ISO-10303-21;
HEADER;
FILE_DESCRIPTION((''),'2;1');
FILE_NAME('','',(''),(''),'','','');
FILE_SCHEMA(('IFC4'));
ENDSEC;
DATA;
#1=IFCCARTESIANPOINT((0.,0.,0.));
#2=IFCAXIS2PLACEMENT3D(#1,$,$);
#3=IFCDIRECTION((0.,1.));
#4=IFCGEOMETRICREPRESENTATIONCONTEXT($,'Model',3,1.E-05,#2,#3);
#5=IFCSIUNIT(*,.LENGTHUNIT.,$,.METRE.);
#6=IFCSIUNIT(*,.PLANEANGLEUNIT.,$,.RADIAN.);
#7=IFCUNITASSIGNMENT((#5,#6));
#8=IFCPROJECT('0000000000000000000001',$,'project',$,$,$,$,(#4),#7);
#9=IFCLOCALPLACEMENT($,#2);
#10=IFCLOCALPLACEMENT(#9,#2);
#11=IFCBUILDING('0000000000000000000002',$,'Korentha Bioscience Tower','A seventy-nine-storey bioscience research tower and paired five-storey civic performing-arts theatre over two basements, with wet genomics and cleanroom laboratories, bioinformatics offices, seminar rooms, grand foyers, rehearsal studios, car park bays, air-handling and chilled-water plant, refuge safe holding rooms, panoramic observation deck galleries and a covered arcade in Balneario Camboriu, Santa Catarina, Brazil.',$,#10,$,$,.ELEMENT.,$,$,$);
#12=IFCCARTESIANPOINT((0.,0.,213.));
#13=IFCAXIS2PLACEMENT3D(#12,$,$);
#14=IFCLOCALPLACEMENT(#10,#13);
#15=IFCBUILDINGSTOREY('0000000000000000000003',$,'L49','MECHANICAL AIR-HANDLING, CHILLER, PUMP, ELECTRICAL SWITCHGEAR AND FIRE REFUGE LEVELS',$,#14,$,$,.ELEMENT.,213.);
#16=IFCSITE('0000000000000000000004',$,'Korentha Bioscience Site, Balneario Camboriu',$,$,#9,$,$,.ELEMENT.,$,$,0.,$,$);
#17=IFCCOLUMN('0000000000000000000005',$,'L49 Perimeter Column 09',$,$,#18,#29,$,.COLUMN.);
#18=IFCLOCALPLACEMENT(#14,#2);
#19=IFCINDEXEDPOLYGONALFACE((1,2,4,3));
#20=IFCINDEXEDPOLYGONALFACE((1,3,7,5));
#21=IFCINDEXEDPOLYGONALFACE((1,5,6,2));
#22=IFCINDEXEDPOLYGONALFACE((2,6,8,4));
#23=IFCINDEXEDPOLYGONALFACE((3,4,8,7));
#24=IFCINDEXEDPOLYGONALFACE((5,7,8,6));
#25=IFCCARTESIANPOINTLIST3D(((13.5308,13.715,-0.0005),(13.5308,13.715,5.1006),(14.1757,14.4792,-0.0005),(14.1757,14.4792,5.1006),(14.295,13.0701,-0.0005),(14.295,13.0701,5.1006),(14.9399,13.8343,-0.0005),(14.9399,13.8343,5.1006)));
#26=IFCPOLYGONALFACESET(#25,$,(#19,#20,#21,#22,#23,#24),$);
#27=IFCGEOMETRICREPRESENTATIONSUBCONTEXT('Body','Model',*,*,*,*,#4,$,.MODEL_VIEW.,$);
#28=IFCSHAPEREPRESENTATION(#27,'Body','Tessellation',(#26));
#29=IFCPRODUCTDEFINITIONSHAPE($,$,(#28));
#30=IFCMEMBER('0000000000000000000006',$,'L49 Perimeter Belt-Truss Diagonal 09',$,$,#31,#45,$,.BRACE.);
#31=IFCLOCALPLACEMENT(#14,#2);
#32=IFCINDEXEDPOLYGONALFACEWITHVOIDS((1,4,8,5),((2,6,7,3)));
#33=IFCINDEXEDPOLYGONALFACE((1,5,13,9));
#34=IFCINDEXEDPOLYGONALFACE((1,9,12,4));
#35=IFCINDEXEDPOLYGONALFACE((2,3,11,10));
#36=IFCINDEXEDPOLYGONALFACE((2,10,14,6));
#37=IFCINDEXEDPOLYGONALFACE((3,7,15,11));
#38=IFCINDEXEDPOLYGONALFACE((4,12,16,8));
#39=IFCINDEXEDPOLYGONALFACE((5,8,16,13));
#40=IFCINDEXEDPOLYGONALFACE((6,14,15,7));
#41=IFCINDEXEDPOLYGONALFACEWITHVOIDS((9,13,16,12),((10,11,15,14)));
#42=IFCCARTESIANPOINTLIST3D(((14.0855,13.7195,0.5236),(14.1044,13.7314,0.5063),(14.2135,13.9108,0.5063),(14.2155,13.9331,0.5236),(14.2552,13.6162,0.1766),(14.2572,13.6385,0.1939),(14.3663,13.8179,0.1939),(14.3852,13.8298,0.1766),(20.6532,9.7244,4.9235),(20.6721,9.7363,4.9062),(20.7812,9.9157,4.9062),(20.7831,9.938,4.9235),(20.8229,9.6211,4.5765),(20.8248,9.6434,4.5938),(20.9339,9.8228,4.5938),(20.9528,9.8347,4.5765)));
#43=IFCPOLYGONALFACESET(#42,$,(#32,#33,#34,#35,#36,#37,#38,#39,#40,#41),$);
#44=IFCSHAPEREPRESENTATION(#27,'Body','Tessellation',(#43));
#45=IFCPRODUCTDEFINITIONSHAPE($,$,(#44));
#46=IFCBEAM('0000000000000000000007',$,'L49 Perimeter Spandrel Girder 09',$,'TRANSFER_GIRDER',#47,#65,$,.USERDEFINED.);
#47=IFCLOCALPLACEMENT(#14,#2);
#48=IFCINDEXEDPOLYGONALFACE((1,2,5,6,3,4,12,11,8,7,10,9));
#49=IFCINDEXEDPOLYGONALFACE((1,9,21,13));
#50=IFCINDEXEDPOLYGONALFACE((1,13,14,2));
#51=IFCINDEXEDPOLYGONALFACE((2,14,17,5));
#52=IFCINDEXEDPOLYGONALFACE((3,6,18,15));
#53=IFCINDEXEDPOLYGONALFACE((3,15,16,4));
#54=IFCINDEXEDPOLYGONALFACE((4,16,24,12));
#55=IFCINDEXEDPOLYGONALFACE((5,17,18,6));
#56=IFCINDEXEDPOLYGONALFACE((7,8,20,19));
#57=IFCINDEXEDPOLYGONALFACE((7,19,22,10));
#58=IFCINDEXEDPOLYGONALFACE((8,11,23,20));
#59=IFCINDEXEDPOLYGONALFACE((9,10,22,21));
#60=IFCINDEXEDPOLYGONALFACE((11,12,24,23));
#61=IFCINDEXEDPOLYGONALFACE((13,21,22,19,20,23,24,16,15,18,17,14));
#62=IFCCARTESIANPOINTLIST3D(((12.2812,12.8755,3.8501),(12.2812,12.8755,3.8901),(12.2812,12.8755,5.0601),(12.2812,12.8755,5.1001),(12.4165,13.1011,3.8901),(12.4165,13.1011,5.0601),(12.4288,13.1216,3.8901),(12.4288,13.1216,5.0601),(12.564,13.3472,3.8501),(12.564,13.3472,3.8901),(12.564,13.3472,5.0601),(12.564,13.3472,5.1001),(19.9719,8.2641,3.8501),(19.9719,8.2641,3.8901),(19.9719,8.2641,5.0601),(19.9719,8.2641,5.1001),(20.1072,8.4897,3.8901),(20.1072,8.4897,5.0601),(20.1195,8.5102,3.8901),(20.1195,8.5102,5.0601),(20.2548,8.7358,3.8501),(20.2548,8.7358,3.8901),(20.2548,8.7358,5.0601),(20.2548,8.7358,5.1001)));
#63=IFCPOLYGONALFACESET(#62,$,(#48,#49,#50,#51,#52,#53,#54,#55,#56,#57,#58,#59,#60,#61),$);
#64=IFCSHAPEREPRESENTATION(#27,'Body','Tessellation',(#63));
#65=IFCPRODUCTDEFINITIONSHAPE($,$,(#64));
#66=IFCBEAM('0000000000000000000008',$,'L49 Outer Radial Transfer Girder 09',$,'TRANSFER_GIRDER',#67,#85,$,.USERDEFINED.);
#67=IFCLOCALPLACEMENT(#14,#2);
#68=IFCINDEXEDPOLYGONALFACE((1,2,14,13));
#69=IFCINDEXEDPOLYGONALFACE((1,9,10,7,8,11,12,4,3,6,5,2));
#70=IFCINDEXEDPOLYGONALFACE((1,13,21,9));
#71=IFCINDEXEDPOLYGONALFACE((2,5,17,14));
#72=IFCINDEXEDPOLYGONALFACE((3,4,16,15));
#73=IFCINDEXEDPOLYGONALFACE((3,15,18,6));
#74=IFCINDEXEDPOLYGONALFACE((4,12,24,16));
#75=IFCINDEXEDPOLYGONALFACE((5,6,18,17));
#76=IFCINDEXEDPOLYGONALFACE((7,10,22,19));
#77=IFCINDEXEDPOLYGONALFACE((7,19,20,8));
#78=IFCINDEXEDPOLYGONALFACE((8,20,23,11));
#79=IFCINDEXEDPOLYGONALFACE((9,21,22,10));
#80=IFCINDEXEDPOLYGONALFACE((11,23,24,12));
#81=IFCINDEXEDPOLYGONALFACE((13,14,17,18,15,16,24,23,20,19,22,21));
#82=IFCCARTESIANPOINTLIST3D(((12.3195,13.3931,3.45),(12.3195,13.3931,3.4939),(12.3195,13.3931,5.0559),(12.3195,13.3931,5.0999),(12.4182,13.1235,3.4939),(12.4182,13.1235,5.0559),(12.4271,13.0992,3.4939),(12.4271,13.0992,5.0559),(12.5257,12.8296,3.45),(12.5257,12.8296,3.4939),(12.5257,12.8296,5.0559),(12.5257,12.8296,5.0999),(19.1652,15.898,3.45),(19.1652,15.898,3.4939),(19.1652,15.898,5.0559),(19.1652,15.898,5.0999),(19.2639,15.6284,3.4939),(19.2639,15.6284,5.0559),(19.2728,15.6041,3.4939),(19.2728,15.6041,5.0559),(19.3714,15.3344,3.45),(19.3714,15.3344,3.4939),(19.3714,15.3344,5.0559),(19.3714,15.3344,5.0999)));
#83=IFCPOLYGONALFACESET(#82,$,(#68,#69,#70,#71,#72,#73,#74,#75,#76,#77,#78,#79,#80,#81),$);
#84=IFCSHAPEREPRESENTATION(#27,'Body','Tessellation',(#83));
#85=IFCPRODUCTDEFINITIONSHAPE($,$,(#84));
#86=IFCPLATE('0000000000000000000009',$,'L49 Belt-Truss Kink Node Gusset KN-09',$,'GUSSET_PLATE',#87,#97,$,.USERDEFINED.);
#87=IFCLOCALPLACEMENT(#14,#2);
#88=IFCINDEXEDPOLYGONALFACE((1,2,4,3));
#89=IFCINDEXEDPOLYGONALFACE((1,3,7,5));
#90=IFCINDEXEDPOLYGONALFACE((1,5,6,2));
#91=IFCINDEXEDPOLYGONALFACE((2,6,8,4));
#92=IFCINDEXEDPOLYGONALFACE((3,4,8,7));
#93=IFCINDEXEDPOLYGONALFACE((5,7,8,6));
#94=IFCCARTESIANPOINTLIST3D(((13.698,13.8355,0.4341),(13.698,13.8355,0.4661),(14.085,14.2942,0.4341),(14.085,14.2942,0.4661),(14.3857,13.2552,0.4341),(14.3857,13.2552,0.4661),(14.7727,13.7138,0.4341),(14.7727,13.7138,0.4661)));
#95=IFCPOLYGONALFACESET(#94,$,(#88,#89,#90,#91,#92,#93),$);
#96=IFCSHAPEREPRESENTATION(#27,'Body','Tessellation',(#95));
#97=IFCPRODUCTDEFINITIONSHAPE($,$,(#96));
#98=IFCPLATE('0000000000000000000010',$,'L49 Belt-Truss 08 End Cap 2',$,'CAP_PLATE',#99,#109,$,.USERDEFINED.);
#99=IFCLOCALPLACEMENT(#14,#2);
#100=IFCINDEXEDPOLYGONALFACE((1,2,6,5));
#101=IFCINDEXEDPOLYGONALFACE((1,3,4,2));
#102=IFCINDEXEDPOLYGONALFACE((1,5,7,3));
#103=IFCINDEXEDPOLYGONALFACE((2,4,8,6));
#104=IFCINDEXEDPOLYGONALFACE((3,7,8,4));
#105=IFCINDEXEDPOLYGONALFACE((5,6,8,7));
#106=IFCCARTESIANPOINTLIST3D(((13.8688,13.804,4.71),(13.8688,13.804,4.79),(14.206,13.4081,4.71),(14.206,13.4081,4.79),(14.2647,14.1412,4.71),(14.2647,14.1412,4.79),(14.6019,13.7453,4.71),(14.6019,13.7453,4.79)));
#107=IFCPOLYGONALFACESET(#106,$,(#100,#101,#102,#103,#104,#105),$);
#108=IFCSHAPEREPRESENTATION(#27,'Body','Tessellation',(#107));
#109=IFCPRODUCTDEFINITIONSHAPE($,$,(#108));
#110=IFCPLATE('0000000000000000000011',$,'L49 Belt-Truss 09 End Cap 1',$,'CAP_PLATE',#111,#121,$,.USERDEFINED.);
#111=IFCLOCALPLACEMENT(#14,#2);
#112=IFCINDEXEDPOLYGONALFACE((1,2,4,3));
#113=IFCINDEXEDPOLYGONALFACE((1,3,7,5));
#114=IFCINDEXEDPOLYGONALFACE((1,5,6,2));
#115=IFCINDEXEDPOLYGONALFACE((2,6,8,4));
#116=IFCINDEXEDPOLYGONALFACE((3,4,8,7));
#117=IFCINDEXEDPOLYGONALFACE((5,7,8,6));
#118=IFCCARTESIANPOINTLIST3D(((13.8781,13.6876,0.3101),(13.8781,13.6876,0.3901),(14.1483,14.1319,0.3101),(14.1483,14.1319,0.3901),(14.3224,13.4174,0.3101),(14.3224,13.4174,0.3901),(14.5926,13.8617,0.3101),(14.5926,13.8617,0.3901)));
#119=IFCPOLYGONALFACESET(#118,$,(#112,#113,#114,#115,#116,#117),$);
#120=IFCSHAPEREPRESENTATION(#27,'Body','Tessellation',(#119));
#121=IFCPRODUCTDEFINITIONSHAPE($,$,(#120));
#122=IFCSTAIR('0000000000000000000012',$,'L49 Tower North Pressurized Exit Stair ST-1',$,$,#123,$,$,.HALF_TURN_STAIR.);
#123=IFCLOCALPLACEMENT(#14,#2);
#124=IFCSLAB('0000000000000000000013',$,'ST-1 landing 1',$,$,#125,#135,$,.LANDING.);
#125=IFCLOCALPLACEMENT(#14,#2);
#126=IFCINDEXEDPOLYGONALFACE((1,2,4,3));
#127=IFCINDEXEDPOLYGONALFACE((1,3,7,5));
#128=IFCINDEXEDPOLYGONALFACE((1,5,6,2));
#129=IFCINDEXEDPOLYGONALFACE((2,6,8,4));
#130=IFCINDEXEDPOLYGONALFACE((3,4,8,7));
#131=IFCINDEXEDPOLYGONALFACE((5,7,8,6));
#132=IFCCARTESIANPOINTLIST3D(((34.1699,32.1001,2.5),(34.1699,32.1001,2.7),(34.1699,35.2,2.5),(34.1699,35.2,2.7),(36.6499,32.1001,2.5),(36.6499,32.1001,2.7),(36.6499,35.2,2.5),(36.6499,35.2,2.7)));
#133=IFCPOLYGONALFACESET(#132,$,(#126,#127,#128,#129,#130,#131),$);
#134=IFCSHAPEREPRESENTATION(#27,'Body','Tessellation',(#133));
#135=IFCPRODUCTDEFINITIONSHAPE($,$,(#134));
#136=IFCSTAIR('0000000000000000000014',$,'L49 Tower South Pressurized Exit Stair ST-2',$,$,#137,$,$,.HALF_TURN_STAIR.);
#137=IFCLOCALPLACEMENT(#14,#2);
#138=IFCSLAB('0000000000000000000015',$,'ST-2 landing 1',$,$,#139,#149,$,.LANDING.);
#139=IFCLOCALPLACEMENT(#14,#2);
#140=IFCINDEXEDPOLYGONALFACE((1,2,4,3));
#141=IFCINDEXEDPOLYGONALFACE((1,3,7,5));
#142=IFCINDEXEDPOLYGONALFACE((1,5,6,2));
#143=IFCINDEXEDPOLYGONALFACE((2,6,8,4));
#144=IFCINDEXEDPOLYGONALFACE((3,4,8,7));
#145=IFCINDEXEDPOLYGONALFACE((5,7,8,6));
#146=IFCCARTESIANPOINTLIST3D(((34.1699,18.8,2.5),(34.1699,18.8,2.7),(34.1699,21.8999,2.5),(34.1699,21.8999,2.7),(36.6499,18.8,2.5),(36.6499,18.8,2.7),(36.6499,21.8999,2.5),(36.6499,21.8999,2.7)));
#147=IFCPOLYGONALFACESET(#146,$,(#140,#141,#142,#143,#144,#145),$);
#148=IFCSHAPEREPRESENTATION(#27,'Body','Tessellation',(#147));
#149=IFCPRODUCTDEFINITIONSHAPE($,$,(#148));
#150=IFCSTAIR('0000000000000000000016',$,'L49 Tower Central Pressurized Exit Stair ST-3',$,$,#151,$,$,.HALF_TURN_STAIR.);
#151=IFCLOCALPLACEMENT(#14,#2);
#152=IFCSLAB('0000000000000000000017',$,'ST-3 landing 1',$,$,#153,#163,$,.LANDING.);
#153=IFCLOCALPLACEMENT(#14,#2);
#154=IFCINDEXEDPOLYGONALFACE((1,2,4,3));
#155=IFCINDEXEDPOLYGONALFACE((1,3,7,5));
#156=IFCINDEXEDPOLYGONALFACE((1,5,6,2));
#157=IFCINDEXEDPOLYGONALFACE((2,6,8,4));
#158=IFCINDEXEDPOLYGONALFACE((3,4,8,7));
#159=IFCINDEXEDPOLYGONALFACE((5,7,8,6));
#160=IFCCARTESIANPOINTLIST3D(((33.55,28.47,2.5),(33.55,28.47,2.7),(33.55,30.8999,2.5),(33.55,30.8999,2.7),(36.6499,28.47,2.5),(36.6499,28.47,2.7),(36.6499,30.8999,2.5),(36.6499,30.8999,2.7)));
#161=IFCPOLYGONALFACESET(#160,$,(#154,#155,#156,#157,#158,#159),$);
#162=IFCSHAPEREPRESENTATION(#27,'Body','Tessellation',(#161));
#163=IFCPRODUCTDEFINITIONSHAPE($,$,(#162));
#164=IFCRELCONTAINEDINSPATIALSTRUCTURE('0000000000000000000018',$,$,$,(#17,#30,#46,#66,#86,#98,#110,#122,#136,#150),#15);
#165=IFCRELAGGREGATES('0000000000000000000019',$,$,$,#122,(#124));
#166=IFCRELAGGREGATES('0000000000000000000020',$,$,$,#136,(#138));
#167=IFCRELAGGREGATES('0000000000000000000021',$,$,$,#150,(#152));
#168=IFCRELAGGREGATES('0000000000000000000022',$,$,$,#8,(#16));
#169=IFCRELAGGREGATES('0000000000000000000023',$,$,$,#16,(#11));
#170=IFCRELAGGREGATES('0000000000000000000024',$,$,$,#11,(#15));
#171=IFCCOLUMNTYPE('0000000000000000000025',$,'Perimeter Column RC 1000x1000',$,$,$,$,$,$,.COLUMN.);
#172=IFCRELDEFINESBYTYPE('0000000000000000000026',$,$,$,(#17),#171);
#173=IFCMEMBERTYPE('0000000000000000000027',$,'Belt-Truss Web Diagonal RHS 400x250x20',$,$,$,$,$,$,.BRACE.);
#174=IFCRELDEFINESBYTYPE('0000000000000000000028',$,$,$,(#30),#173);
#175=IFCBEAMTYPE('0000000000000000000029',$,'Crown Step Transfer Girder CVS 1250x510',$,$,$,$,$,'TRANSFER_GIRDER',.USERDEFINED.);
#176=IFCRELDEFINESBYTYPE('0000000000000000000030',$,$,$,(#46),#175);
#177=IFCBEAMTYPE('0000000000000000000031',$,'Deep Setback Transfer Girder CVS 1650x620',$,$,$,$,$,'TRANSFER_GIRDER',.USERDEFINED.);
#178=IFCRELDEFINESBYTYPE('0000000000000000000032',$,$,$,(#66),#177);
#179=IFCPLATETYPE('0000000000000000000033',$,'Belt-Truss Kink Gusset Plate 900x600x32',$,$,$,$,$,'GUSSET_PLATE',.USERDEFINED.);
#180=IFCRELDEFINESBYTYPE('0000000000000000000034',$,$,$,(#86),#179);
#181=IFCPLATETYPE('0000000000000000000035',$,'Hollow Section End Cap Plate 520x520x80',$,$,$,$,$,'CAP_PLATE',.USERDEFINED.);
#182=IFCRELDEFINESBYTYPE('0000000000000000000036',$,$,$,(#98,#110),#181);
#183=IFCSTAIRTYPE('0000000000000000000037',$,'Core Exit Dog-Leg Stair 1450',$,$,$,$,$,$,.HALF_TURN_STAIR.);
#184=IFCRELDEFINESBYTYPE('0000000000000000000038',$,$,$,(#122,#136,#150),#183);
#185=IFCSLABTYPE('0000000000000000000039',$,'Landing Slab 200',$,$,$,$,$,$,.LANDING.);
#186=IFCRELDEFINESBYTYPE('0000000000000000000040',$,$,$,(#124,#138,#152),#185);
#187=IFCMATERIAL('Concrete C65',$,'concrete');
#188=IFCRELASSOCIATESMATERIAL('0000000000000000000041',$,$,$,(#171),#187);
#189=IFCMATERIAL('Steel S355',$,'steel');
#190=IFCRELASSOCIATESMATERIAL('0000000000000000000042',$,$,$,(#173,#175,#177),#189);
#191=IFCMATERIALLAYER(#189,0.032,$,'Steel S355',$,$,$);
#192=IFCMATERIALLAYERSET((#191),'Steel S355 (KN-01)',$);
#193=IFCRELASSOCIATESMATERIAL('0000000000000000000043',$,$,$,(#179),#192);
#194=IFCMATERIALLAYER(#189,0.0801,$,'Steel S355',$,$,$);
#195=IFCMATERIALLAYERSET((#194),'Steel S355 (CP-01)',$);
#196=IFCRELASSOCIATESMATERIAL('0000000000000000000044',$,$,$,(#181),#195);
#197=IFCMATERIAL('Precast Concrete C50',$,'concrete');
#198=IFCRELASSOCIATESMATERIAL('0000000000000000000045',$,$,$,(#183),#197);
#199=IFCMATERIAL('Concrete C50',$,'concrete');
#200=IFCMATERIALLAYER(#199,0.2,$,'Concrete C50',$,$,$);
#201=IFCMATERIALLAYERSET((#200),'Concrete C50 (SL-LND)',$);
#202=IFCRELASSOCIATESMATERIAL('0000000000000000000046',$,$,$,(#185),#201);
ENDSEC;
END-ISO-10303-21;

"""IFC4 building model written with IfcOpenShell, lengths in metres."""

from ifc_helpers import new_model, si_unit, direction, frame, origin, origin_2d, place, context, subcontext, project, spatial, polyline, rectangle, hollow_rectangle, i_section, outline, extrude, material, layer, layer_set, material_profile, profile_set, type_object, element, aggregate, save


model = new_model("IFC4")

# Units and contexts
model_context = context("Model", 3, precision=1e-05, world=origin(), true_north=direction((0.0, 1.0)))
body_context = subcontext(model_context, "Body", "Model", "MODEL_VIEW")
ifc_project = project(units=[si_unit("LENGTHUNIT", "METRE"), si_unit("PLANEANGLEUNIT", "RADIAN")], contexts=[model_context])

# Site, building, storey
site_placement = place(None, origin())
site = spatial("IfcSite", under=ifc_project, at=site_placement, Name="Korentha Bioscience Site, Balneario Camboriu", CompositionType="ELEMENT", RefElevation=0.0)
building_placement = place(site_placement, origin())
building = spatial("IfcBuilding", under=site, at=building_placement, Name="Korentha Bioscience Tower", Description="A seventy-nine-storey bioscience research tower and paired five-storey civic performing-arts theatre over two basements, with wet genomics and cleanroom laboratories, bioinformatics offices, seminar rooms, grand foyers, rehearsal studios, car park bays, air-handling and chilled-water plant, refuge safe holding rooms, panoramic observation deck galleries and a covered arcade in Balneario Camboriu, Santa Catarina, Brazil.", CompositionType="ELEMENT")
storey_placement = place(building_placement, frame((0.0, 0.0, 213.0)))
storey = spatial("IfcBuildingStorey", under=building, at=storey_placement, Name="L49", Description="MECHANICAL AIR-HANDLING, CHILLER, PUMP, ELECTRICAL SWITCHGEAR AND FIRE REFUGE LEVELS", CompositionType="ELEMENT", Elevation=213.0)

# Column
ifc_material_1 = material(Name="Concrete C65", Category="concrete")
ifc_material_profile_1 = material_profile(ifc_material_1, rectangle(XDim=1.0, YDim=1.0, at=origin_2d()), Name="Concrete C65")
ifc_profile_set_1 = profile_set([ifc_material_profile_1], Name="Concrete C65 (COL-P10)")
column_type = type_object("IfcColumnType", Name="Perimeter Column RC 1000x1000", PredefinedType="COLUMN", material=ifc_profile_set_1)
column_placement = place(storey_placement, frame((14.2354, 13.7747, -0.0005), z_axis=(0.0, 0.0, 1.0), x_axis=(-0.764246, 0.644924, 0.0)))
element("IfcColumn", 1, at=column_placement, inside=storey, type_object=column_type, Name="L49 Perimeter Column 09", PredefinedType="COLUMN", context=body_context, shape_type="SweptSolid", body=[
    extrude(rectangle(XDim=1.0, YDim=1.0, at=origin_2d()), origin(), (0.0, 0.0, 1.0), 5.1011),
])

# Member
ifc_material_2 = material(Name="Steel S355", Category="steel")
ifc_material_profile_2 = material_profile(ifc_material_2, hollow_rectangle(XDim=0.25, YDim=0.3999, WallThickness=0.02, at=origin_2d()), Name="Steel S355")
ifc_profile_set_2 = profile_set([ifc_material_profile_2], Name="Steel S355 (BT-D400)")
member_type = type_object("IfcMemberType", Name="Belt-Truss Web Diagonal RHS 400x250x20", PredefinedType="BRACE", material=ifc_profile_set_2)
member_placement = place(storey_placement, frame((14.2354, 13.7747, 0.3501), z_axis=(0.741483, -0.451048, 0.496748), x_axis=(0.519703, 0.854347, 0.0)))
element("IfcMember", 2, at=member_placement, inside=storey, type_object=member_type, Name="L49 Perimeter Belt-Truss Diagonal 09", PredefinedType="BRACE", context=body_context, shape_type="SweptSolid", body=[
    extrude(hollow_rectangle(XDim=0.25, YDim=0.3999, WallThickness=0.02, at=origin_2d()), origin(), (0.0, 0.0, 1.0), 8.8574),
])

# Beams
ifc_material_profile_3 = material_profile(ifc_material_2, i_section(OverallWidth=0.55, OverallDepth=1.25, WebThickness=0.0239, FlangeThickness=0.04, at=origin_2d()), Name="Steel S355")
ifc_profile_set_3 = profile_set([ifc_material_profile_3], Name="Steel S355 (TG-03)")
beam_type_1 = type_object("IfcBeamType", Name="Crown Step Transfer Girder CVS 1250x510", ElementType="TRANSFER_GIRDER", PredefinedType="USERDEFINED", material=ifc_profile_set_3)
beam_1_placement = place(storey_placement, frame((12.4226, 13.1113, 4.4751), z_axis=(0.857644, -0.514243, 0.0), x_axis=(0.514243, 0.857644, 0.0)))
element("IfcBeam", 3, at=beam_1_placement, inside=storey, type_object=beam_type_1, Name="L49 Perimeter Spandrel Girder 09", ObjectType="TRANSFER_GIRDER", PredefinedType="USERDEFINED", context=body_context, shape_type="SweptSolid", body=[
    extrude(i_section(OverallWidth=0.55, OverallDepth=1.25, WebThickness=0.0239, FlangeThickness=0.04, at=origin_2d()), origin(), (0.0, 0.0, 1.0), 8.9673),
])
ifc_material_profile_4 = material_profile(ifc_material_2, i_section(OverallWidth=0.6001, OverallDepth=1.6499, WebThickness=0.0259, FlangeThickness=0.0439, at=origin_2d()), Name="Steel S355")
ifc_profile_set_4 = profile_set([ifc_material_profile_4], Name="Steel S355 (TG-04)")
beam_type_2 = type_object("IfcBeamType", Name="Deep Setback Transfer Girder CVS 1650x620", ElementType="TRANSFER_GIRDER", PredefinedType="USERDEFINED", material=ifc_profile_set_4)
beam_2_placement = place(storey_placement, frame((19.2683, 15.6162, 4.2749), z_axis=(-0.939107, -0.343625, 0.0), x_axis=(0.343625, -0.939107, 0.0)))
element("IfcBeam", 4, at=beam_2_placement, inside=storey, type_object=beam_type_2, Name="L49 Outer Radial Transfer Girder 09", ObjectType="TRANSFER_GIRDER", PredefinedType="USERDEFINED", context=body_context, shape_type="SweptSolid", body=[
    extrude(i_section(OverallWidth=0.6001, OverallDepth=1.6499, WebThickness=0.0259, FlangeThickness=0.0439, at=origin_2d()), origin(), (0.0, 0.0, 1.0), 7.2896),
])

# Plates
ifc_layer_1 = layer(ifc_material_2, 0.032, Name="Steel S355")
ifc_layer_set_1 = layer_set([ifc_layer_1], Name="Steel S355 (KN-01)")
plate_type_1 = type_object("IfcPlateType", Name="Belt-Truss Kink Gusset Plate 900x600x32", ElementType="GUSSET_PLATE", PredefinedType="USERDEFINED", material=ifc_layer_set_1)
plate_placement = place(storey_placement, frame((14.2354, 13.7747, 0.4341), z_axis=(0.0, 0.0, 1.0), x_axis=(-0.764246, 0.644924, 0.0)))
element("IfcPlate", 5, at=plate_placement, inside=storey, type_object=plate_type_1, Name="L49 Belt-Truss Kink Node Gusset KN-09", ObjectType="GUSSET_PLATE", PredefinedType="USERDEFINED", context=body_context, shape_type="SweptSolid", body=[
    extrude(rectangle(XDim=0.8999, YDim=0.6001, at=origin_2d()), origin(), (0.0, 0.0, 1.0), 0.032),
])
ifc_layer_2 = layer(ifc_material_2, 0.0801, Name="Steel S355")
ifc_layer_set_2 = layer_set([ifc_layer_2], Name="Steel S355 (CP-01)")
plate_type_2 = type_object("IfcPlateType", Name="Hollow Section End Cap Plate 520x520x80", ElementType="CAP_PLATE", PredefinedType="USERDEFINED", material=ifc_layer_set_2)
for number, where, z_axis, x_axis, name in (
    (6, (14.2354, 13.7747, 4.71), (0.0, 0.0, 1.0), (-0.648386, 0.761312, 0.0), "L49 Belt-Truss 08 End Cap 2"),
    (7, (14.2354, 13.7747, 0.3101), (0.0, 0.0, 1.0), (-0.854368, 0.519668, 0.0), "L49 Belt-Truss 09 End Cap 1"),
):
    element("IfcPlate", number, at=place(storey_placement, frame(where, z_axis=z_axis, x_axis=x_axis)), inside=storey, type_object=plate_type_2, Name=name, ObjectType="CAP_PLATE", PredefinedType="USERDEFINED", context=body_context, shape_type="SweptSolid", body=[
        extrude(rectangle(XDim=0.52, YDim=0.52, at=origin_2d()), origin(), (0.0, 0.0, 1.0), 0.0801),
    ])

# Stairs, slabs
ifc_material_3 = material(Name="Precast Concrete C50", Category="concrete")
stair_type = type_object("IfcStairType", Name="Core Exit Dog-Leg Stair 1450", PredefinedType="HALF_TURN_STAIR", material=ifc_material_3)
stair_1_placement = place(storey_placement, origin())
stair_1 = element("IfcStair", 8, at=stair_1_placement, inside=storey, type_object=stair_type, Name="L49 Tower North Pressurized Exit Stair ST-1", PredefinedType="HALF_TURN_STAIR")
ifc_material_4 = material(Name="Concrete C50", Category="concrete")
ifc_layer_3 = layer(ifc_material_4, 0.2, Name="Concrete C50")
ifc_layer_set_3 = layer_set([ifc_layer_3], Name="Concrete C50 (SL-LND)")
slab_type_1 = type_object("IfcSlabType", Name="Landing Slab 200", PredefinedType="LANDING", material=ifc_layer_set_3)
slab_1_placement = place(storey_placement, frame((0.0, 0.0, 2.5)))
slab_1 = element("IfcSlab", 9, at=slab_1_placement, type_object=slab_type_1, Name="ST-1 landing 1", PredefinedType="LANDING", context=body_context, shape_type="SweptSolid", body=[
    extrude(outline(polyline([(34.1699, 32.1001), (36.6499, 32.1001), (36.6499, 35.2), (34.1699, 35.2), (34.1699, 32.1001)])), origin(), (0.0, 0.0, 1.0), 0.2),
])
aggregate(stair_1, [slab_1])
stair_2_placement = place(storey_placement, origin())
stair_2 = element("IfcStair", 10, at=stair_2_placement, inside=storey, type_object=stair_type, Name="L49 Tower South Pressurized Exit Stair ST-2", PredefinedType="HALF_TURN_STAIR")
slab_2_placement = place(storey_placement, frame((0.0, 0.0, 2.5)))
slab_2 = element("IfcSlab", 11, at=slab_2_placement, type_object=slab_type_1, Name="ST-2 landing 1", PredefinedType="LANDING", context=body_context, shape_type="SweptSolid", body=[
    extrude(outline(polyline([(34.1699, 18.8), (36.6499, 18.8), (36.6499, 21.8999), (34.1699, 21.8999), (34.1699, 18.8)])), origin(), (0.0, 0.0, 1.0), 0.2),
])
aggregate(stair_2, [slab_2])
stair_3_placement = place(storey_placement, origin())
stair_3 = element("IfcStair", 12, at=stair_3_placement, inside=storey, type_object=stair_type, Name="L49 Tower Central Pressurized Exit Stair ST-3", PredefinedType="HALF_TURN_STAIR")
slab_3_placement = place(storey_placement, frame((0.0, 0.0, 2.5)))
slab_3 = element("IfcSlab", 13, at=slab_3_placement, type_object=slab_type_1, Name="ST-3 landing 1", PredefinedType="LANDING", context=body_context, shape_type="SweptSolid", body=[
    extrude(outline(polyline([(36.6499, 28.47), (36.6499, 30.8999), (33.55, 30.8999), (33.55, 28.47), (36.6499, 28.47)])), origin(), (0.0, 0.0, 1.0), 0.2),
])
aggregate(stair_3, [slab_3])

save(model, "model.ifc")
